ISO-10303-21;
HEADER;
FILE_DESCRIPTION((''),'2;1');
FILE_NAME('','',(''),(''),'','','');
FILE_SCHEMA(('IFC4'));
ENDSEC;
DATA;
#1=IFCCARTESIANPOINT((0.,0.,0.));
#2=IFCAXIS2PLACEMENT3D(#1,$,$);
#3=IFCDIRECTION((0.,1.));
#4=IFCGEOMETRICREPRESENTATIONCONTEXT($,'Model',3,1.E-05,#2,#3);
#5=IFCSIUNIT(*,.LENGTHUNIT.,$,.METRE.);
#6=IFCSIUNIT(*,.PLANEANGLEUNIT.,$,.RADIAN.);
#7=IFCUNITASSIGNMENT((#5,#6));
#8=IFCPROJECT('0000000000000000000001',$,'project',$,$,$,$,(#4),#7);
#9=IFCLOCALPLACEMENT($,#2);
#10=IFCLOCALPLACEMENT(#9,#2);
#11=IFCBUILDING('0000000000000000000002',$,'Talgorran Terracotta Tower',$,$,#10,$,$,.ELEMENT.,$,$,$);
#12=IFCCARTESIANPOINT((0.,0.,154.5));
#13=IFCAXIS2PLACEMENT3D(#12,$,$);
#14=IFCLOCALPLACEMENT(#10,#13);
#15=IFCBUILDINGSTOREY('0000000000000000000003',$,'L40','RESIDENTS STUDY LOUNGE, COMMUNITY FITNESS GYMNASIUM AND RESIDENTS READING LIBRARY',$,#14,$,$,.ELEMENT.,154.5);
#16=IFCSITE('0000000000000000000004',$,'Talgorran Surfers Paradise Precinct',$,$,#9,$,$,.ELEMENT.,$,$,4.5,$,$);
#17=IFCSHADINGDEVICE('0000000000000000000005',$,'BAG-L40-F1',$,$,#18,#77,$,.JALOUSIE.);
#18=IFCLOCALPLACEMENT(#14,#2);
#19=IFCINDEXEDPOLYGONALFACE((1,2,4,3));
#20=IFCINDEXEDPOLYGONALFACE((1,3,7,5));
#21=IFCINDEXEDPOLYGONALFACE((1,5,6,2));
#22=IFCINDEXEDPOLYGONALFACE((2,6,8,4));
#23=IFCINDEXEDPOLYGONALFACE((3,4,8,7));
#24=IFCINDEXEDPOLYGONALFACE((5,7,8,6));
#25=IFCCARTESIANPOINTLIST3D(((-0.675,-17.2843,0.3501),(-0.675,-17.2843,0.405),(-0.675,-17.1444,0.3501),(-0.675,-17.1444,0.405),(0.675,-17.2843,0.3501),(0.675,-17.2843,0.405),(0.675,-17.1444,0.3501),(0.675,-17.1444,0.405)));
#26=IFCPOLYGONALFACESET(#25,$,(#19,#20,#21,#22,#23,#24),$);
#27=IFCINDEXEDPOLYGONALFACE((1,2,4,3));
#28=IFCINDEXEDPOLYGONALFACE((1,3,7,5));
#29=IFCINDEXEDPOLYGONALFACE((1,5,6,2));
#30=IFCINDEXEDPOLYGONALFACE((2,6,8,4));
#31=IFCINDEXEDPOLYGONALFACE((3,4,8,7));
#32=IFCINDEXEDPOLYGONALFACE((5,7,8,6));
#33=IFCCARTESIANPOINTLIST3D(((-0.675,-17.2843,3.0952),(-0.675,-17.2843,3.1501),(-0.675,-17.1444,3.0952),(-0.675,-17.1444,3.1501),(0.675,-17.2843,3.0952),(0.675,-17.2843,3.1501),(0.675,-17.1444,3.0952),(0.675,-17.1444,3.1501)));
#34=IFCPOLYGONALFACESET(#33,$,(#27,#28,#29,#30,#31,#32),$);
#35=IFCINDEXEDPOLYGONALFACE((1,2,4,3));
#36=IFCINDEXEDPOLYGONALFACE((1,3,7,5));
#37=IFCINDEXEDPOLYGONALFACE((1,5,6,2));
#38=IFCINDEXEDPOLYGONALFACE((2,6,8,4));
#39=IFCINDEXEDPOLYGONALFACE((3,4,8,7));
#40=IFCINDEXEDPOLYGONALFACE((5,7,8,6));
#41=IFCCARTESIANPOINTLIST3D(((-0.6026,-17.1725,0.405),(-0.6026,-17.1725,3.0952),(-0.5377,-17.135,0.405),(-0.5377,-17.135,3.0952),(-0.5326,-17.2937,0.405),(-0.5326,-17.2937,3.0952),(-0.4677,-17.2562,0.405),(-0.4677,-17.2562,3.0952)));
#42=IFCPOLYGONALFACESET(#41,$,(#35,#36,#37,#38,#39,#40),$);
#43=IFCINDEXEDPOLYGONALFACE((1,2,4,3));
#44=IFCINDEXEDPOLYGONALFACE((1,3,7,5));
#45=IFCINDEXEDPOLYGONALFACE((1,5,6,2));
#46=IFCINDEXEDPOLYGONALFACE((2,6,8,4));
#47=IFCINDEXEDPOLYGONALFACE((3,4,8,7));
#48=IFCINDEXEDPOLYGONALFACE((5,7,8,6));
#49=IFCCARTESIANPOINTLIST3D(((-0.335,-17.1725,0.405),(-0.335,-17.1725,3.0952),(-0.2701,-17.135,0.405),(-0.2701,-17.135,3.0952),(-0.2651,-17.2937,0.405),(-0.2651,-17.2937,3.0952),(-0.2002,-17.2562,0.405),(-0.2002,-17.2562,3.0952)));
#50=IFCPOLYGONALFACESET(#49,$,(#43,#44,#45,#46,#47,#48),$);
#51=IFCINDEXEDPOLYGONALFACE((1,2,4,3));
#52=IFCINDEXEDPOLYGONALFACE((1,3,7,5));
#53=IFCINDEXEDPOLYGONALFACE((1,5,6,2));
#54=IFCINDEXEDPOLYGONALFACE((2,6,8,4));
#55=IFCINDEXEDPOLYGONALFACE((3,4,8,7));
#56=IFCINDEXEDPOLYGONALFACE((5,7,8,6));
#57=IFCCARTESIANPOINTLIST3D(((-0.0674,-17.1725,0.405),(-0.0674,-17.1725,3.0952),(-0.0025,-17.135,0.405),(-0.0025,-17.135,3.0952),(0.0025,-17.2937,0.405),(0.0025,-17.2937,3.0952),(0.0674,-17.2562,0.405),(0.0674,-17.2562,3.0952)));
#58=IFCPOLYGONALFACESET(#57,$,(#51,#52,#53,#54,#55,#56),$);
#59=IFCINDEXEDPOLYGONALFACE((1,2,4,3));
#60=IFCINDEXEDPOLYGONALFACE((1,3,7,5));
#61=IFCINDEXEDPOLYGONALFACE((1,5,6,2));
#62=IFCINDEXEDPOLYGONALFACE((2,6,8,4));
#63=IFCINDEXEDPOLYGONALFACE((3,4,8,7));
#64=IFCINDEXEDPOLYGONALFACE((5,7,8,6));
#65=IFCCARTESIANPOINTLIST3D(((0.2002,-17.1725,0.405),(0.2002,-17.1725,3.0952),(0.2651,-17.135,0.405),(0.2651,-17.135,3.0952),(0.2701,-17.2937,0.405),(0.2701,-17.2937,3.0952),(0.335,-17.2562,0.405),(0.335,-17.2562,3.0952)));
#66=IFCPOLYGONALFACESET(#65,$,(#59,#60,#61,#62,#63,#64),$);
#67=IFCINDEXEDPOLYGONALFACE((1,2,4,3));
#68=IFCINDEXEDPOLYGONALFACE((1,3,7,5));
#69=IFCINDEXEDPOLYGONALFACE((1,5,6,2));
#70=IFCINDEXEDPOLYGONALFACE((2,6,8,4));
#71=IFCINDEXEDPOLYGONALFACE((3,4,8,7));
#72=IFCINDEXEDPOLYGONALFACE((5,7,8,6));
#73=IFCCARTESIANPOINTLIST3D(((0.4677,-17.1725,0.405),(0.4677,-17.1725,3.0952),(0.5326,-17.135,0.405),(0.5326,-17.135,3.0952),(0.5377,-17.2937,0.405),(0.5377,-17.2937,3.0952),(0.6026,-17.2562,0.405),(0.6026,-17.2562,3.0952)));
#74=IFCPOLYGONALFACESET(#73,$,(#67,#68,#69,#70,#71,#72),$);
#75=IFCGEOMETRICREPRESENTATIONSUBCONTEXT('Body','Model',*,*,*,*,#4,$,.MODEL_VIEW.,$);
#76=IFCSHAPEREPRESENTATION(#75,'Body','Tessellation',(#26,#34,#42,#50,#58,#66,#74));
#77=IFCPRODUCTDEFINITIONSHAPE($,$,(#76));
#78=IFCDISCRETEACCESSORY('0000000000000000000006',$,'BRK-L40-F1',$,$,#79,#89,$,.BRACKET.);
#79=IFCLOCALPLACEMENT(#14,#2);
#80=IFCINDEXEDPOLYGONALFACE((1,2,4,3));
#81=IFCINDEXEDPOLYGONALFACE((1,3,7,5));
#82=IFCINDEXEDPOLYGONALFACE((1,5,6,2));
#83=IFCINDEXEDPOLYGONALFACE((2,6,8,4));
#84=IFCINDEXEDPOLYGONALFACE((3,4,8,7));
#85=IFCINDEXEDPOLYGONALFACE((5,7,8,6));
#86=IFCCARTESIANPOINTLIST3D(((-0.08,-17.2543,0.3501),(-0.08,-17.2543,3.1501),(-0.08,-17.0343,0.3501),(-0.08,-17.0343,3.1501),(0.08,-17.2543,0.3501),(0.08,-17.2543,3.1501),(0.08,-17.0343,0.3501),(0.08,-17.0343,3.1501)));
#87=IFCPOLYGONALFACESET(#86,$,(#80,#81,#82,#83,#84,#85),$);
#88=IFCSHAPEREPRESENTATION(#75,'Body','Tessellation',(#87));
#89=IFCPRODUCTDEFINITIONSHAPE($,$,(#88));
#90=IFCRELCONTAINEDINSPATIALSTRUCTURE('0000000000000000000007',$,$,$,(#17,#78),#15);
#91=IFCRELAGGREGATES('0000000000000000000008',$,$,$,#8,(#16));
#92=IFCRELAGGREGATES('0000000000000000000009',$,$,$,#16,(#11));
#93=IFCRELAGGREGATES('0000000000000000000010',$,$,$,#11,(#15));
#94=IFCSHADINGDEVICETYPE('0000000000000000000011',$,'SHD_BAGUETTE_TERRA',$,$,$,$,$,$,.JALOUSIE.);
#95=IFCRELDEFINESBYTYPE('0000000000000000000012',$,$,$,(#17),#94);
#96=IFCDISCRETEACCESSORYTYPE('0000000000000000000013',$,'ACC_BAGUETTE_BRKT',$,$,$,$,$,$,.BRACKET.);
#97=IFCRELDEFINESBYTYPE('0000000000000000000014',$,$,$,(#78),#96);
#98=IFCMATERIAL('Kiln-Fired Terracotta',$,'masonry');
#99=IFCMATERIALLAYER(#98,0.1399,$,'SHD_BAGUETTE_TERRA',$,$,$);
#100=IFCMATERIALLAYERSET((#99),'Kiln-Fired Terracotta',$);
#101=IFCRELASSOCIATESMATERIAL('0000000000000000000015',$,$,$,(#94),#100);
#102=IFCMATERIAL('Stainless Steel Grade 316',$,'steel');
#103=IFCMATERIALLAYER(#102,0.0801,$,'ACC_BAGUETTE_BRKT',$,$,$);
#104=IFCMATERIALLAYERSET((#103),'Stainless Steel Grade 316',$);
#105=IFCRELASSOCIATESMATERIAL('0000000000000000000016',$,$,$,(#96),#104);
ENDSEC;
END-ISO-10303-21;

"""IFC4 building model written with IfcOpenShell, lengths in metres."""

from ifc_helpers import new_model, si_unit, direction, frame, origin, origin_2d, place, context, subcontext, project, spatial, rectangle, extrude, source, transform, mapped, material, layer, layer_set, type_object, type_shapes, element, save


model = new_model("IFC4")

# Units and contexts
model_context = context("Model", 3, precision=1e-05, world=origin(), true_north=direction((0.0, 1.0)))
body_context = subcontext(model_context, "Body", "Model", "MODEL_VIEW")
ifc_project = project(units=[si_unit("LENGTHUNIT", "METRE"), si_unit("PLANEANGLEUNIT", "RADIAN")], contexts=[model_context])

# Site, building, storey
site_placement = place(None, origin())
site = spatial("IfcSite", under=ifc_project, at=site_placement, Name="Talgorran Surfers Paradise Precinct", CompositionType="ELEMENT", RefElevation=4.5)
building_placement = place(site_placement, origin())
building = spatial("IfcBuilding", under=site, at=building_placement, Name="Talgorran Terracotta Tower", CompositionType="ELEMENT")
storey_placement = place(building_placement, frame((0.0, 0.0, 154.5)))
storey = spatial("IfcBuildingStorey", under=building, at=storey_placement, Name="L40", Description="RESIDENTS STUDY LOUNGE, COMMUNITY FITNESS GYMNASIUM AND RESIDENTS READING LIBRARY", CompositionType="ELEMENT", Elevation=154.5)

# Shading device
ifc_material_1 = material(Name="Kiln-Fired Terracotta", Category="masonry")
ifc_layer_1 = layer(ifc_material_1, 0.1399, Name="SHD_BAGUETTE_TERRA")
ifc_layer_set_1 = layer_set([ifc_layer_1], Name="Kiln-Fired Terracotta")
shading_device_type = type_object("IfcShadingDeviceType", Name="SHD_BAGUETTE_TERRA", PredefinedType="JALOUSIE", material=ifc_layer_set_1)
shared_shape_1 = source(origin(), body_context, "Body", "SweptSolid", [
    extrude(rectangle(XDim=1.3501, YDim=0.1399, at=origin_2d()), origin(), (0.0, 0.0, 1.0), 0.0549),
    extrude(rectangle(XDim=1.3501, YDim=0.1399, at=origin_2d()), frame((0.0, 0.0, 2.7451)), (0.0, 0.0, 1.0), 0.0549),
    extrude(rectangle(XDim=0.075, YDim=0.1399, at=origin_2d()), frame((-0.5352, 0.0, 0.0549), z_axis=(0.0, 0.0, 1.0), x_axis=(0.866025, 0.5, 0.0)), (0.0, 0.0, 1.0), 2.6902),
    extrude(rectangle(XDim=0.075, YDim=0.1399, at=origin_2d()), frame((-0.2676, 0.0, 0.0549), z_axis=(0.0, 0.0, 1.0), x_axis=(0.866025, 0.5, 0.0)), (0.0, 0.0, 1.0), 2.6902),
    extrude(rectangle(XDim=0.075, YDim=0.1399, at=origin_2d()), frame((0.0, 0.0, 0.0549), z_axis=(0.0, 0.0, 1.0), x_axis=(0.866025, 0.5, 0.0)), (0.0, 0.0, 1.0), 2.6902),
    extrude(rectangle(XDim=0.075, YDim=0.1399, at=origin_2d()), frame((0.2676, 0.0, 0.0549), z_axis=(0.0, 0.0, 1.0), x_axis=(0.866025, 0.5, 0.0)), (0.0, 0.0, 1.0), 2.6902),
    extrude(rectangle(XDim=0.075, YDim=0.1399, at=origin_2d()), frame((0.5352, 0.0, 0.0549), z_axis=(0.0, 0.0, 1.0), x_axis=(0.866025, 0.5, 0.0)), (0.0, 0.0, 1.0), 2.6902),
])
type_shapes(shading_device_type, [shared_shape_1])
shading_device_placement = place(storey_placement, frame((0.0, -17.2144, 0.3501), z_axis=(0.0, 0.0, 1.0), x_axis=(1.0, 0.0, 0.0)))
element("IfcShadingDevice", 1, at=shading_device_placement, inside=storey, type_object=shading_device_type, Name="BAG-L40-F1", PredefinedType="JALOUSIE", context=body_context, shape_type="MappedRepresentation", body=[
    mapped(shared_shape_1, transform((0.0, 0.0, 0.0), scale=1.0)),
])

# Discrete accessory
ifc_material_2 = material(Name="Stainless Steel Grade 316", Category="steel")
ifc_layer_2 = layer(ifc_material_2, 0.0801, Name="ACC_BAGUETTE_BRKT")
ifc_layer_set_2 = layer_set([ifc_layer_2], Name="Stainless Steel Grade 316")
discrete_accessory_type = type_object("IfcDiscreteAccessoryType", Name="ACC_BAGUETTE_BRKT", PredefinedType="BRACKET", material=ifc_layer_set_2)
shared_shape_2 = source(origin(), body_context, "Body", "SweptSolid", [
    extrude(rectangle(XDim=0.1599, YDim=0.22, at=origin_2d()), origin(), (0.0, 0.0, 1.0), 2.8),
])
type_shapes(discrete_accessory_type, [shared_shape_2])
discrete_accessory_placement = place(storey_placement, frame((0.0, -17.1443, 0.3501), z_axis=(0.0, 0.0, 1.0), x_axis=(1.0, 0.0, 0.0)))
element("IfcDiscreteAccessory", 2, at=discrete_accessory_placement, inside=storey, type_object=discrete_accessory_type, Name="BRK-L40-F1", PredefinedType="BRACKET", context=body_context, shape_type="MappedRepresentation", body=[
    mapped(shared_shape_2, transform((0.0, 0.0, 0.0), scale=1.0)),
])

save(model, "model.ifc")
